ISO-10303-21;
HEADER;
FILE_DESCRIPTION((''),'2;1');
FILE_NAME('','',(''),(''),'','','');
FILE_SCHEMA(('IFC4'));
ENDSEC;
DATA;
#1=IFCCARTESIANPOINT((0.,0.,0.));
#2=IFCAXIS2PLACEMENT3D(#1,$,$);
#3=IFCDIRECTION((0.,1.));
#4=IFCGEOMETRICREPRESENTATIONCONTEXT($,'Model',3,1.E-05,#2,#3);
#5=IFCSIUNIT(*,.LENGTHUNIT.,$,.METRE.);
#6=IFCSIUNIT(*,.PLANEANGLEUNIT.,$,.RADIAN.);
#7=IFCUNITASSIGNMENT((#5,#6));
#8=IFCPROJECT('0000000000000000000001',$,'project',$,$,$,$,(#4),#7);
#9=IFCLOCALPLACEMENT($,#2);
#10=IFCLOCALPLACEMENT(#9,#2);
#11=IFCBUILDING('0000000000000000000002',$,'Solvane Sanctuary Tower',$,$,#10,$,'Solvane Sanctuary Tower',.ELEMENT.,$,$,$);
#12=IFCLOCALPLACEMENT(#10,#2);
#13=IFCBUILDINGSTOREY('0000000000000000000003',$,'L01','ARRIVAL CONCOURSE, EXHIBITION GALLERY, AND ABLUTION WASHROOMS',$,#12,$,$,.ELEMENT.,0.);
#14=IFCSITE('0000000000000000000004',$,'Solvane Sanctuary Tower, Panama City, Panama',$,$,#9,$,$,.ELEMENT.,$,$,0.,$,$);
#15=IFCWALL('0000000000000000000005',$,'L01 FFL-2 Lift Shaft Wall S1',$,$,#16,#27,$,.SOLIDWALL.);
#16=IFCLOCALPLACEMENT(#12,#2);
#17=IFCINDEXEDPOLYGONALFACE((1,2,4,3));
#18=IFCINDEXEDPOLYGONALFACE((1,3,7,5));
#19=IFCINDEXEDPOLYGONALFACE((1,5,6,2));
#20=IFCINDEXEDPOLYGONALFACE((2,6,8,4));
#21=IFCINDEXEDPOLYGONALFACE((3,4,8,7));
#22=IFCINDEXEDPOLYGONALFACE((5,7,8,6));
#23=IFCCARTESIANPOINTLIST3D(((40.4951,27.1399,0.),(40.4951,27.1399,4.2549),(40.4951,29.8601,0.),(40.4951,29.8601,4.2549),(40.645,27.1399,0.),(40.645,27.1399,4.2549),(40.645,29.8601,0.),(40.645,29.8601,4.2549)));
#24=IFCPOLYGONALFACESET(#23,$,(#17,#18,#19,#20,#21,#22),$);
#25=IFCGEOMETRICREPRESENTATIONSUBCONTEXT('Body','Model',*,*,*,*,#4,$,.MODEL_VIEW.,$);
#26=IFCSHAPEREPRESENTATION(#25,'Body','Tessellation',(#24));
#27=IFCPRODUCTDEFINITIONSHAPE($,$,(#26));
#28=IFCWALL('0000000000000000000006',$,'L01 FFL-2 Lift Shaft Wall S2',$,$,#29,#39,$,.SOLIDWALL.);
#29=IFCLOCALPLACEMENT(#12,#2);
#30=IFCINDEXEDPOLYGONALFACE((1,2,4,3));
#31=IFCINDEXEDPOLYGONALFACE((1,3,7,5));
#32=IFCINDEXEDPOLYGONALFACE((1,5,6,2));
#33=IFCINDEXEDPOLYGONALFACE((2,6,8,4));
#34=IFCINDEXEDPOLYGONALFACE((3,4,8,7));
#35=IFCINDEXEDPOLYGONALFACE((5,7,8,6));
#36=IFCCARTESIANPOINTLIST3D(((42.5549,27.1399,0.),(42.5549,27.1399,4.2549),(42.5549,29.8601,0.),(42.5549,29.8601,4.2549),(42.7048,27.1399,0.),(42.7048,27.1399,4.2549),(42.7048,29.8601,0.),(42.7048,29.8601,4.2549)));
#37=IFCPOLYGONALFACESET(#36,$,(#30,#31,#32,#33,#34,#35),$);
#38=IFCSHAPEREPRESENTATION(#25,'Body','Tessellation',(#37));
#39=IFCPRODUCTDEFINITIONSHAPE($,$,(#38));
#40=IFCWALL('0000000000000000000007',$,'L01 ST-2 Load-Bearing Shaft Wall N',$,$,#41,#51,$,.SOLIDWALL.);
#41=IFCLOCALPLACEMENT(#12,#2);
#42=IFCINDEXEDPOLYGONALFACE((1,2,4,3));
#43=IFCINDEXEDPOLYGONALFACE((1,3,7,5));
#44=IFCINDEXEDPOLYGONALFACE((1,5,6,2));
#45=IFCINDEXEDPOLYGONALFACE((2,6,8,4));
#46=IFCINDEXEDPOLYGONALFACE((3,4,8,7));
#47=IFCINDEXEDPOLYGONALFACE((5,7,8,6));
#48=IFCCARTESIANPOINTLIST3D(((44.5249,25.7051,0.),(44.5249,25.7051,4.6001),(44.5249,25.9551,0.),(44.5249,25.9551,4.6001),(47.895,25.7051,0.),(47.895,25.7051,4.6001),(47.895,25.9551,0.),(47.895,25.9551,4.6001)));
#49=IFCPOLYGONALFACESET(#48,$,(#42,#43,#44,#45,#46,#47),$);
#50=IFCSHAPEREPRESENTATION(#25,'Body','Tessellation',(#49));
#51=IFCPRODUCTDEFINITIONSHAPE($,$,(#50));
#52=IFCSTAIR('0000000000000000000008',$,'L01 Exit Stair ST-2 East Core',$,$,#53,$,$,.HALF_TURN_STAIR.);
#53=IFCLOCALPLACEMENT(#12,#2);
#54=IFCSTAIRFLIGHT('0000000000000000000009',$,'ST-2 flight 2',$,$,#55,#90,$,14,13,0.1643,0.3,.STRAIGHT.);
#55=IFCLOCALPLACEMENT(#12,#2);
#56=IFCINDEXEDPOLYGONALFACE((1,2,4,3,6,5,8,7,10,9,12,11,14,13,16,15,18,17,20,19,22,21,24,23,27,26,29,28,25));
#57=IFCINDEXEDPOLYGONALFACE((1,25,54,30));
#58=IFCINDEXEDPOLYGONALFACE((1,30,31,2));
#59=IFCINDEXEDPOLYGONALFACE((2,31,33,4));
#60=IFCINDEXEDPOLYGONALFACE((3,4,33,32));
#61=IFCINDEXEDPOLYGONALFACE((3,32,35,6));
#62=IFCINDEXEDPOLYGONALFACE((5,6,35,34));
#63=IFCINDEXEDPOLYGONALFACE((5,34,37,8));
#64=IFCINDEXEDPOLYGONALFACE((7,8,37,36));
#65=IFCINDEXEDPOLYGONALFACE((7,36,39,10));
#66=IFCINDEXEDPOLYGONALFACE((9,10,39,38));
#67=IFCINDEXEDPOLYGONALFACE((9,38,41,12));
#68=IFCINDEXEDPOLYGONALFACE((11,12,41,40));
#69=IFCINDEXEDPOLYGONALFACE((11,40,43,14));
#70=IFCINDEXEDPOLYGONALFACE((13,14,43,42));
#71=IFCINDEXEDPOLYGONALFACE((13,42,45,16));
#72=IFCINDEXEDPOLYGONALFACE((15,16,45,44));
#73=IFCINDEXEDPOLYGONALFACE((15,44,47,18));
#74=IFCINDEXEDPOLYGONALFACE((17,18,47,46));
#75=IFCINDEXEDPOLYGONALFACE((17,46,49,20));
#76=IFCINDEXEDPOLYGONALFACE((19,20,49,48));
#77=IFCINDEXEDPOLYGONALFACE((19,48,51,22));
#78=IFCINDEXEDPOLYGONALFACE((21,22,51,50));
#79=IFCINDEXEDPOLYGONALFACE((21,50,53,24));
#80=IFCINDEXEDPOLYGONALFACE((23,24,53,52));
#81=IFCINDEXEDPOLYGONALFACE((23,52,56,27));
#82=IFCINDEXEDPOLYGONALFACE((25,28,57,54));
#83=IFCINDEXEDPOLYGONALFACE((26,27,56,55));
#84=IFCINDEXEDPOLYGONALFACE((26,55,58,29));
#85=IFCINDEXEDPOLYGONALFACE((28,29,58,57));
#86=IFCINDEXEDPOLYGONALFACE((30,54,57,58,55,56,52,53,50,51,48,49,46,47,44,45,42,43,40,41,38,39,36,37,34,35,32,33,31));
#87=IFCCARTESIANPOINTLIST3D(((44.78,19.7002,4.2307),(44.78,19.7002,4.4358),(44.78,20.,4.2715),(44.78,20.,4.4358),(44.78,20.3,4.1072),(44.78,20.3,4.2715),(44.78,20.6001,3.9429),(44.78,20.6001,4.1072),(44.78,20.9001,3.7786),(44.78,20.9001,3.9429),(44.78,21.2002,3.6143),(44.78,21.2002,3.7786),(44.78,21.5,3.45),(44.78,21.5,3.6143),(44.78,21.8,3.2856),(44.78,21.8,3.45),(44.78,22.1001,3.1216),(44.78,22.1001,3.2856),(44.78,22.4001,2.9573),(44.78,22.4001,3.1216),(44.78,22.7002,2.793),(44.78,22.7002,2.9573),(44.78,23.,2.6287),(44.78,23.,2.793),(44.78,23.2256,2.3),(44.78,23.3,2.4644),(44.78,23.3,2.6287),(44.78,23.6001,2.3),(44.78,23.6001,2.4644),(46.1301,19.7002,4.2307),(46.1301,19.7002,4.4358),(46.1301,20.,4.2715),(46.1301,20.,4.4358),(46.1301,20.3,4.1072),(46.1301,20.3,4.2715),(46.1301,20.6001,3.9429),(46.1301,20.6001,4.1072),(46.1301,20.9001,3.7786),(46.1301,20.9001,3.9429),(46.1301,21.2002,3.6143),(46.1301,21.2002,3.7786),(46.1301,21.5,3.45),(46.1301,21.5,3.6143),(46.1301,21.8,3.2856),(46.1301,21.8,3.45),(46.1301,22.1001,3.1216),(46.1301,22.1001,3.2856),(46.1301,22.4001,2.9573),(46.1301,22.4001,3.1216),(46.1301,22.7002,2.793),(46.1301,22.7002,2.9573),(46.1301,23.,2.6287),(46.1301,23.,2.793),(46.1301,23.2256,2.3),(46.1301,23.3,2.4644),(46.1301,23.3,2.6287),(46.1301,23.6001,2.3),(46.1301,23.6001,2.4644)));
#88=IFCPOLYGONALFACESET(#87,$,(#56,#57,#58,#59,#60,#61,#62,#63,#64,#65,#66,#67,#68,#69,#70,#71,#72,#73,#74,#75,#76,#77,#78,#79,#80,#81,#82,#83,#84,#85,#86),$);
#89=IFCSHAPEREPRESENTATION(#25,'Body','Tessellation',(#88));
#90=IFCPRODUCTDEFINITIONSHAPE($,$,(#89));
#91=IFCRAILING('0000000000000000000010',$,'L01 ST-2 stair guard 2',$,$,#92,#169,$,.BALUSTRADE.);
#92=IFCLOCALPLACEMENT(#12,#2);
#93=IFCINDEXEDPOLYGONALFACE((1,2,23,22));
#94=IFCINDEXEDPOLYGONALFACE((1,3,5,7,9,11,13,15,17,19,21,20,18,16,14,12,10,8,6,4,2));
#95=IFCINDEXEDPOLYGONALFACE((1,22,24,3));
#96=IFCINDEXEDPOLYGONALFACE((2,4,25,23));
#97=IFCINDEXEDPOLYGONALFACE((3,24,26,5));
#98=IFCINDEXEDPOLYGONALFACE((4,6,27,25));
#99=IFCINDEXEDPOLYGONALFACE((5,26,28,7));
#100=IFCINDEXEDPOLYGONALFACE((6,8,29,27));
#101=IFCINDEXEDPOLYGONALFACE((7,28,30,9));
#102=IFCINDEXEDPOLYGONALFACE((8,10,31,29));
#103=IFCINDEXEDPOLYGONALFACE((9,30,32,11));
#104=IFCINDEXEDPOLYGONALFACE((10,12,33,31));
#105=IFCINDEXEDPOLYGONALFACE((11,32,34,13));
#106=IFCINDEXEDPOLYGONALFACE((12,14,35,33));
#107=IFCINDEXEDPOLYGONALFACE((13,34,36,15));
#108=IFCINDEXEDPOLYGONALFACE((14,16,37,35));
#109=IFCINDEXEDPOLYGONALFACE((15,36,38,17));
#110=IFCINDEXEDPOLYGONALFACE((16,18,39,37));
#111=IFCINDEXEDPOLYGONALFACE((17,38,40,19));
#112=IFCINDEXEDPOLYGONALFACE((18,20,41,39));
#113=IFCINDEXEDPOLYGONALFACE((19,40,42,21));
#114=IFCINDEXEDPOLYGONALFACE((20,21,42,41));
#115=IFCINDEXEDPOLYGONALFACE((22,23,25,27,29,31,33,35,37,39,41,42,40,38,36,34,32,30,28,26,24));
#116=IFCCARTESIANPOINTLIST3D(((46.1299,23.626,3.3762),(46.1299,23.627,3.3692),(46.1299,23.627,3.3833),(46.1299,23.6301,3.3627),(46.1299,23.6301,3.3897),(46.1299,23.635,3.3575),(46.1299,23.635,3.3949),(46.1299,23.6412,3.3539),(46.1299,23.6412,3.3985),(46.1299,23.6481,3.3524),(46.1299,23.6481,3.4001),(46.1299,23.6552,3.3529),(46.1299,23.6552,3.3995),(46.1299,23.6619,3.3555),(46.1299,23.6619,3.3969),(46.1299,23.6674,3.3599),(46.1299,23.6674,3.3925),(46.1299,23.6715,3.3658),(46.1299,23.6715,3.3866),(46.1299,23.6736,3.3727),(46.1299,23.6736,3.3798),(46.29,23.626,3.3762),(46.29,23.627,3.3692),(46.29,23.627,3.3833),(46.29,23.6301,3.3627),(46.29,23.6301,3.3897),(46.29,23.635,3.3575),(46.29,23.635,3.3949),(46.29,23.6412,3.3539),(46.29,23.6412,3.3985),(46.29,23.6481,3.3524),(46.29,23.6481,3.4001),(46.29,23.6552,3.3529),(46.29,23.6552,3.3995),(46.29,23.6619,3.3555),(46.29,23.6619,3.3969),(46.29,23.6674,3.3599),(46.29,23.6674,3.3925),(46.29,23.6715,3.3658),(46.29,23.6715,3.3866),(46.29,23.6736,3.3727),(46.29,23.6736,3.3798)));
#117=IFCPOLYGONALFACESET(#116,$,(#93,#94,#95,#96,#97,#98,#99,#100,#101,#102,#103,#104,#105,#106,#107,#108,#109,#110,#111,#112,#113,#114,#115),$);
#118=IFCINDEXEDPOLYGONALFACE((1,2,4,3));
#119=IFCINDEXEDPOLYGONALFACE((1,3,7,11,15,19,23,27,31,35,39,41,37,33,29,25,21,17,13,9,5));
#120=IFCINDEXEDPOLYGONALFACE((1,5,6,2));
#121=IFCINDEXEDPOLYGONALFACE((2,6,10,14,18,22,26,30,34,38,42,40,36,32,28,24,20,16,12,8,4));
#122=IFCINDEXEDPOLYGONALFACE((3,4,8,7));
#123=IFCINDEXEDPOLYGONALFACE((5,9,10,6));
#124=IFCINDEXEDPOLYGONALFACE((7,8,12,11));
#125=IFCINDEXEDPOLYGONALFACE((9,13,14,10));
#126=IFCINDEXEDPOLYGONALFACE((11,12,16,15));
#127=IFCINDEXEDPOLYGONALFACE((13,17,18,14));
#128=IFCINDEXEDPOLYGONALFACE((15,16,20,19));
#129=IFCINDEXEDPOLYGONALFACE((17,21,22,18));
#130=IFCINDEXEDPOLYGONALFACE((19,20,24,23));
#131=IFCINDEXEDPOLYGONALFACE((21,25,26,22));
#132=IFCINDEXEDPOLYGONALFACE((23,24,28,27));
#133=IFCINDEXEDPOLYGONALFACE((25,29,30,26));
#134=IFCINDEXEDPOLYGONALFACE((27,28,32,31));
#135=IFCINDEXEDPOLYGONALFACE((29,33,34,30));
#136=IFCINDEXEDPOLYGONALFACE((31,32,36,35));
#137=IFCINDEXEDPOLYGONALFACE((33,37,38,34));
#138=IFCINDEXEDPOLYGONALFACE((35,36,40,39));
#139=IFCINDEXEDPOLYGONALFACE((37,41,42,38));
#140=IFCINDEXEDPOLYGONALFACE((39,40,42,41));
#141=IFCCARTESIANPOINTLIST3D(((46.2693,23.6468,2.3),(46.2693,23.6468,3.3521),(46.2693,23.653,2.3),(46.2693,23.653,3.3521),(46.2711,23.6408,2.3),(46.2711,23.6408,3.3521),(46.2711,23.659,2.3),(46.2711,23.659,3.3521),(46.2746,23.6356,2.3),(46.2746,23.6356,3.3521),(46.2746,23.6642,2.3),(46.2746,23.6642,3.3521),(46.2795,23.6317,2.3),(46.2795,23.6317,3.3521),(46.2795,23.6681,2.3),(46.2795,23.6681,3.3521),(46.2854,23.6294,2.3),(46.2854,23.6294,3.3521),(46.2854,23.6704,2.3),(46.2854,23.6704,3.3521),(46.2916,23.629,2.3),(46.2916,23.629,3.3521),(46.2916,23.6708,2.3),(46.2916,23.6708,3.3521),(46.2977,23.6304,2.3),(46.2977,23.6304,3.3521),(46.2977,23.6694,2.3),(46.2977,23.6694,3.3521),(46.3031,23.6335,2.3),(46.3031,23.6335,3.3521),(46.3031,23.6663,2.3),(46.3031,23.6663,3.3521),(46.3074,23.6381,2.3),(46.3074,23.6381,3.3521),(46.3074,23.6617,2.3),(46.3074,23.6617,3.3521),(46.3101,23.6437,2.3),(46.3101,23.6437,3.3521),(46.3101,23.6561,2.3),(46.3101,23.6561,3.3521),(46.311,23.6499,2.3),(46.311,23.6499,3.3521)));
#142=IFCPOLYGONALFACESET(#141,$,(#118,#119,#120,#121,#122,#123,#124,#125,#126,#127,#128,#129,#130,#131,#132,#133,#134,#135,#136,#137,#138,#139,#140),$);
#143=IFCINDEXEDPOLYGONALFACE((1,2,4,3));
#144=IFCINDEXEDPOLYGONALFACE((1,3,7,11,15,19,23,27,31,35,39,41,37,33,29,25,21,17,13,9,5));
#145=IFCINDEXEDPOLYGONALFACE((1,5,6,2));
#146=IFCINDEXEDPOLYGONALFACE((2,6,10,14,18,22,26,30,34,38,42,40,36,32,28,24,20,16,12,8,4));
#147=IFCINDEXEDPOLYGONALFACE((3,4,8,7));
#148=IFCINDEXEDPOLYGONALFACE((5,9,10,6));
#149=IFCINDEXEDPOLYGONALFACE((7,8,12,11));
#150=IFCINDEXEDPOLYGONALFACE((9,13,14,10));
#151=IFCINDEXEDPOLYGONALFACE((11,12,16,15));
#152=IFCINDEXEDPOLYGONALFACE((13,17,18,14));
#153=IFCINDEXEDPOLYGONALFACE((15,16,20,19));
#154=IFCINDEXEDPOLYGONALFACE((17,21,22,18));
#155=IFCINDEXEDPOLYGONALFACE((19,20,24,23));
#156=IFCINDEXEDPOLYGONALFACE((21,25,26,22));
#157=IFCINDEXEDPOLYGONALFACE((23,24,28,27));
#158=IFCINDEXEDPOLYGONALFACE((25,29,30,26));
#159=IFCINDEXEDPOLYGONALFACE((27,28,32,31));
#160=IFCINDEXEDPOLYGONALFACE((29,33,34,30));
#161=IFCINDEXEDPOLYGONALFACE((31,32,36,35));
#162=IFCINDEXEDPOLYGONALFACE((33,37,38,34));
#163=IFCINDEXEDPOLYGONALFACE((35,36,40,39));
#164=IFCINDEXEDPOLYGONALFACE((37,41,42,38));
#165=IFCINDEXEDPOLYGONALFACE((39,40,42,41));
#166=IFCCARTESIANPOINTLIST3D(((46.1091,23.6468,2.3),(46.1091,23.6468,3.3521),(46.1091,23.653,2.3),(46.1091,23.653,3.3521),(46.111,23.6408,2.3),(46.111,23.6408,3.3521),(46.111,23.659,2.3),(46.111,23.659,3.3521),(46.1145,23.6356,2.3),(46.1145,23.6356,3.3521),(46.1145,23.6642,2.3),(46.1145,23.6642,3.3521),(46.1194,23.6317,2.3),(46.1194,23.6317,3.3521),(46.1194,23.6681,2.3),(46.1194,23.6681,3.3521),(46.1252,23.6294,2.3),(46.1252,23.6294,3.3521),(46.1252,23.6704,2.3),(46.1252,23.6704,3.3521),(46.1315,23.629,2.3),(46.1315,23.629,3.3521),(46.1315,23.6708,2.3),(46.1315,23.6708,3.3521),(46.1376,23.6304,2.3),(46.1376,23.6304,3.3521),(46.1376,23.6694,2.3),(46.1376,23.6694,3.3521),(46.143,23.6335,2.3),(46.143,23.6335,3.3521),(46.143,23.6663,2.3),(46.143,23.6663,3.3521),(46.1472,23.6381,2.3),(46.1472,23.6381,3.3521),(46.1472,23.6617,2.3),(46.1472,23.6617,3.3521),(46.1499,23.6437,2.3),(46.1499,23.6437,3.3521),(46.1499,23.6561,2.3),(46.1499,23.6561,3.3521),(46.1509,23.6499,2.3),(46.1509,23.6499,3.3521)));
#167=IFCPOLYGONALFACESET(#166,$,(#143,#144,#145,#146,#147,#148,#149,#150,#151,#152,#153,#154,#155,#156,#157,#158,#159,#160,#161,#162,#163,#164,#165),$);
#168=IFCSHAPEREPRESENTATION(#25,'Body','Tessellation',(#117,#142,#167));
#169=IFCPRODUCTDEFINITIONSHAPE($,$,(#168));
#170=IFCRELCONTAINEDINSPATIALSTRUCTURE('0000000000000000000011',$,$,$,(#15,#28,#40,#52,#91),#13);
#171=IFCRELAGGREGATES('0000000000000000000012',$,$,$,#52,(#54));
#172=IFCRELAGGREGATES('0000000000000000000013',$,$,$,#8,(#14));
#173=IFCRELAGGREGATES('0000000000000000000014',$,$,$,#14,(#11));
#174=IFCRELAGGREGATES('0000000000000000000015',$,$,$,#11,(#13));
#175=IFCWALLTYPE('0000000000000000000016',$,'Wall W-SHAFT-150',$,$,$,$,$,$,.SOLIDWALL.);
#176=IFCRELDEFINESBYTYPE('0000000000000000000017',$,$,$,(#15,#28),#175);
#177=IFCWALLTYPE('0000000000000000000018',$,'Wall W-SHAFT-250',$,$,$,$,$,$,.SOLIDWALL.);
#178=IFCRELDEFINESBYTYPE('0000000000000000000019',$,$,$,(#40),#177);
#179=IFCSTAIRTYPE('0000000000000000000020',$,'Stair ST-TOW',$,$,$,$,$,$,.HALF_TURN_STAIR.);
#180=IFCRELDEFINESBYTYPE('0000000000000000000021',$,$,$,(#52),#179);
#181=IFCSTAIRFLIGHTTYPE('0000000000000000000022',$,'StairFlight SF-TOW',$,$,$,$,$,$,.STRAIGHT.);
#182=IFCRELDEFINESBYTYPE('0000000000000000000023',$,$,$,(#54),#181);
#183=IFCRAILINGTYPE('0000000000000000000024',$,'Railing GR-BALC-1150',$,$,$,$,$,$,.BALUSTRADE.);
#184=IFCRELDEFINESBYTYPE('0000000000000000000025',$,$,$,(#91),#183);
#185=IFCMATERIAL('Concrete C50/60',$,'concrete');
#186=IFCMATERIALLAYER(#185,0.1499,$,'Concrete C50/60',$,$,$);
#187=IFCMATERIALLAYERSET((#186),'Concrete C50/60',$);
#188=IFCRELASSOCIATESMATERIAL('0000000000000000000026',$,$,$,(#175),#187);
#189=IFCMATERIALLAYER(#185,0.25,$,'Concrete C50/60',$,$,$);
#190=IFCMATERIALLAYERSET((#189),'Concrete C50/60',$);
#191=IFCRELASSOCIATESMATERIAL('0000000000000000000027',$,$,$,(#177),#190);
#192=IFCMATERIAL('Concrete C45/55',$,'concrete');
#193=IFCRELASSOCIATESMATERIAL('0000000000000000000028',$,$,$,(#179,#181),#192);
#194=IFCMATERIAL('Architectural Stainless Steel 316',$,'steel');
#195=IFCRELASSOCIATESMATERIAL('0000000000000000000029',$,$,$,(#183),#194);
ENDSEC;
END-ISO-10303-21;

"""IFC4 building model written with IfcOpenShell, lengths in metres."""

from ifc_helpers import new_model, si_unit, direction, frame, frame_2d, origin, origin_2d, place, context, subcontext, project, spatial, polyline, rectangle, circle, outline, extrude, material, layer, layer_set, type_object, element, aggregate, save


model = new_model("IFC4")

# Units and contexts
model_context = context("Model", 3, precision=1e-05, world=origin(), true_north=direction((0.0, 1.0)))
body_context = subcontext(model_context, "Body", "Model", "MODEL_VIEW")
ifc_project = project(units=[si_unit("LENGTHUNIT", "METRE"), si_unit("PLANEANGLEUNIT", "RADIAN")], contexts=[model_context])

# Site, building, storey
site_placement = place(None, origin())
site = spatial("IfcSite", under=ifc_project, at=site_placement, Name="Solvane Sanctuary Tower, Panama City, Panama", CompositionType="ELEMENT", RefElevation=0.0)
building_placement = place(site_placement, origin())
building = spatial("IfcBuilding", under=site, at=building_placement, Name="Solvane Sanctuary Tower", LongName="Solvane Sanctuary Tower", CompositionType="ELEMENT")
storey_placement = place(building_placement, origin())
storey = spatial("IfcBuildingStorey", under=building, at=storey_placement, Name="L01", Description="ARRIVAL CONCOURSE, EXHIBITION GALLERY, AND ABLUTION WASHROOMS", CompositionType="ELEMENT", Elevation=0.0)

# Shared definitions
ifc_material_1 = material(Name="Architectural Stainless Steel 316", Category="steel")

# Shared definitions
ifc_material_2 = material(Name="Concrete C50/60", Category="concrete")
ifc_layer_1 = layer(ifc_material_2, 0.1499, Name="Concrete C50/60")
ifc_layer_set_1 = layer_set([ifc_layer_1], Name="Concrete C50/60")
wall_type_1 = type_object("IfcWallType", Name="Wall W-SHAFT-150", PredefinedType="SOLIDWALL", material=ifc_layer_set_1)

# Walls
for number, where, z_axis, x_axis, name in (
    (1, (40.5701, 27.1399, 0.0), (0.0, 0.0, 1.0), (0.0, 1.0, 0.0), "L01 FFL-2 Lift Shaft Wall S1"),
    (2, (42.6299, 27.1399, 0.0), (0.0, 0.0, 1.0), (0.0, 1.0, 0.0), "L01 FFL-2 Lift Shaft Wall S2"),
):
    element("IfcWall", number, at=place(storey_placement, frame(where, z_axis=z_axis, x_axis=x_axis)), inside=storey, type_object=wall_type_1, Name=name, PredefinedType="SOLIDWALL", context=body_context, shape_type="SweptSolid", body=[
        extrude(rectangle(XDim=2.7202, YDim=0.1499, at=frame_2d((1.3601, 0.0))), origin(), (0.0, 0.0, 1.0), 4.2549),
    ])
ifc_layer_2 = layer(ifc_material_2, 0.25, Name="Concrete C50/60")
ifc_layer_set_2 = layer_set([ifc_layer_2], Name="Concrete C50/60")
wall_type_2 = type_object("IfcWallType", Name="Wall W-SHAFT-250", PredefinedType="SOLIDWALL", material=ifc_layer_set_2)
wall_1_placement = place(storey_placement, frame((44.5249, 25.8301, 0.0), z_axis=(0.0, 0.0, 1.0), x_axis=(1.0, 0.0, 0.0)))
element("IfcWall", 3, at=wall_1_placement, inside=storey, type_object=wall_type_2, Name="L01 ST-2 Load-Bearing Shaft Wall N", PredefinedType="SOLIDWALL", context=body_context, shape_type="SweptSolid", body=[
    extrude(rectangle(XDim=3.3701, YDim=0.25, at=frame_2d((1.6851, 0.0))), origin(), (0.0, 0.0, 1.0), 4.6001),
])

# Stair, stair flight
ifc_material_3 = material(Name="Concrete C45/55", Category="concrete")
stair_type = type_object("IfcStairType", Name="Stair ST-TOW", PredefinedType="HALF_TURN_STAIR", material=ifc_material_3)
stair_placement = place(storey_placement, origin())
stair = element("IfcStair", 4, at=stair_placement, inside=storey, type_object=stair_type, Name="L01 Exit Stair ST-2 East Core", PredefinedType="HALF_TURN_STAIR")
stair_flight_type = type_object("IfcStairFlightType", Name="StairFlight SF-TOW", PredefinedType="STRAIGHT", material=ifc_material_3)
stair_flight_placement = place(storey_placement, frame((45.4551, 23.6001, 2.3), z_axis=(0.0, 0.0, 1.0), x_axis=(0.0, -1.0, 0.0)))
stair_flight = element("IfcStairFlight", 5, at=stair_flight_placement, type_object=stair_flight_type, Name="ST-2 flight 2", NumberOfRisers=14, NumberOfTreads=13, PredefinedType="STRAIGHT", RiserHeight=0.1643, TreadLength=0.3, context=body_context, shape_type="SweptSolid", body=[
    extrude(outline(polyline([(0.0, 0.0), (0.0, 0.1643), (0.3, 0.1643), (0.3, 0.3286), (0.6001, 0.3286), (0.6001, 0.4929), (0.8999, 0.4929), (0.8999, 0.6572), (1.2, 0.6572), (1.2, 0.8215), (1.5, 0.8215), (1.5, 0.9856), (1.8, 0.9856), (1.8, 1.1499), (2.1001, 1.1499), (2.1001, 1.3142), (2.3999, 1.3142), (2.3999, 1.4785), (2.7, 1.4785), (2.7, 1.6428), (3.0, 1.6428), (3.0, 1.8071), (3.3, 1.8071), (3.3, 1.9714), (3.6001, 1.9714), (3.6001, 2.1357), (3.8999, 2.1357), (3.8999, 2.3), (3.8999, 1.9307), (0.3745, 0.0), (0.0, 0.0)])), frame((0.0, 0.675, 0.0), z_axis=(0.0, -1.0, 0.0), x_axis=(1.0, 0.0, 0.0)), (0.0, 0.0, 1.0), 1.3501),
])
aggregate(stair, [stair_flight])

# Railing
railing_type_1 = type_object("IfcRailingType", Name="Railing GR-BALC-1150", PredefinedType="BALUSTRADE", material=ifc_material_1)
railing_1_placement = place(storey_placement, frame((46.29, 23.6499, 2.3)))
element("IfcRailing", 6, at=railing_1_placement, inside=storey, type_object=railing_type_1, Name="L01 ST-2 stair guard 2", PredefinedType="BALUSTRADE", context=body_context, shape_type="SweptSolid", body=[
    extrude(circle(Radius=0.0239, at=origin_2d()), frame((0.0, 0.0, 1.0762), z_axis=(-1.0, 0.0, 0.0), x_axis=(0.0, -1.0, 0.0)), (0.0, 0.0, 1.0), 0.1602),
    extrude(circle(Radius=0.021, at=origin_2d()), origin(), (0.0, 0.0, 1.0), 1.052),
    extrude(circle(Radius=0.021, at=origin_2d()), frame((-0.1602, 0.0, 0.0)), (0.0, 0.0, 1.0), 1.052),
])

save(model, "model.ifc")
